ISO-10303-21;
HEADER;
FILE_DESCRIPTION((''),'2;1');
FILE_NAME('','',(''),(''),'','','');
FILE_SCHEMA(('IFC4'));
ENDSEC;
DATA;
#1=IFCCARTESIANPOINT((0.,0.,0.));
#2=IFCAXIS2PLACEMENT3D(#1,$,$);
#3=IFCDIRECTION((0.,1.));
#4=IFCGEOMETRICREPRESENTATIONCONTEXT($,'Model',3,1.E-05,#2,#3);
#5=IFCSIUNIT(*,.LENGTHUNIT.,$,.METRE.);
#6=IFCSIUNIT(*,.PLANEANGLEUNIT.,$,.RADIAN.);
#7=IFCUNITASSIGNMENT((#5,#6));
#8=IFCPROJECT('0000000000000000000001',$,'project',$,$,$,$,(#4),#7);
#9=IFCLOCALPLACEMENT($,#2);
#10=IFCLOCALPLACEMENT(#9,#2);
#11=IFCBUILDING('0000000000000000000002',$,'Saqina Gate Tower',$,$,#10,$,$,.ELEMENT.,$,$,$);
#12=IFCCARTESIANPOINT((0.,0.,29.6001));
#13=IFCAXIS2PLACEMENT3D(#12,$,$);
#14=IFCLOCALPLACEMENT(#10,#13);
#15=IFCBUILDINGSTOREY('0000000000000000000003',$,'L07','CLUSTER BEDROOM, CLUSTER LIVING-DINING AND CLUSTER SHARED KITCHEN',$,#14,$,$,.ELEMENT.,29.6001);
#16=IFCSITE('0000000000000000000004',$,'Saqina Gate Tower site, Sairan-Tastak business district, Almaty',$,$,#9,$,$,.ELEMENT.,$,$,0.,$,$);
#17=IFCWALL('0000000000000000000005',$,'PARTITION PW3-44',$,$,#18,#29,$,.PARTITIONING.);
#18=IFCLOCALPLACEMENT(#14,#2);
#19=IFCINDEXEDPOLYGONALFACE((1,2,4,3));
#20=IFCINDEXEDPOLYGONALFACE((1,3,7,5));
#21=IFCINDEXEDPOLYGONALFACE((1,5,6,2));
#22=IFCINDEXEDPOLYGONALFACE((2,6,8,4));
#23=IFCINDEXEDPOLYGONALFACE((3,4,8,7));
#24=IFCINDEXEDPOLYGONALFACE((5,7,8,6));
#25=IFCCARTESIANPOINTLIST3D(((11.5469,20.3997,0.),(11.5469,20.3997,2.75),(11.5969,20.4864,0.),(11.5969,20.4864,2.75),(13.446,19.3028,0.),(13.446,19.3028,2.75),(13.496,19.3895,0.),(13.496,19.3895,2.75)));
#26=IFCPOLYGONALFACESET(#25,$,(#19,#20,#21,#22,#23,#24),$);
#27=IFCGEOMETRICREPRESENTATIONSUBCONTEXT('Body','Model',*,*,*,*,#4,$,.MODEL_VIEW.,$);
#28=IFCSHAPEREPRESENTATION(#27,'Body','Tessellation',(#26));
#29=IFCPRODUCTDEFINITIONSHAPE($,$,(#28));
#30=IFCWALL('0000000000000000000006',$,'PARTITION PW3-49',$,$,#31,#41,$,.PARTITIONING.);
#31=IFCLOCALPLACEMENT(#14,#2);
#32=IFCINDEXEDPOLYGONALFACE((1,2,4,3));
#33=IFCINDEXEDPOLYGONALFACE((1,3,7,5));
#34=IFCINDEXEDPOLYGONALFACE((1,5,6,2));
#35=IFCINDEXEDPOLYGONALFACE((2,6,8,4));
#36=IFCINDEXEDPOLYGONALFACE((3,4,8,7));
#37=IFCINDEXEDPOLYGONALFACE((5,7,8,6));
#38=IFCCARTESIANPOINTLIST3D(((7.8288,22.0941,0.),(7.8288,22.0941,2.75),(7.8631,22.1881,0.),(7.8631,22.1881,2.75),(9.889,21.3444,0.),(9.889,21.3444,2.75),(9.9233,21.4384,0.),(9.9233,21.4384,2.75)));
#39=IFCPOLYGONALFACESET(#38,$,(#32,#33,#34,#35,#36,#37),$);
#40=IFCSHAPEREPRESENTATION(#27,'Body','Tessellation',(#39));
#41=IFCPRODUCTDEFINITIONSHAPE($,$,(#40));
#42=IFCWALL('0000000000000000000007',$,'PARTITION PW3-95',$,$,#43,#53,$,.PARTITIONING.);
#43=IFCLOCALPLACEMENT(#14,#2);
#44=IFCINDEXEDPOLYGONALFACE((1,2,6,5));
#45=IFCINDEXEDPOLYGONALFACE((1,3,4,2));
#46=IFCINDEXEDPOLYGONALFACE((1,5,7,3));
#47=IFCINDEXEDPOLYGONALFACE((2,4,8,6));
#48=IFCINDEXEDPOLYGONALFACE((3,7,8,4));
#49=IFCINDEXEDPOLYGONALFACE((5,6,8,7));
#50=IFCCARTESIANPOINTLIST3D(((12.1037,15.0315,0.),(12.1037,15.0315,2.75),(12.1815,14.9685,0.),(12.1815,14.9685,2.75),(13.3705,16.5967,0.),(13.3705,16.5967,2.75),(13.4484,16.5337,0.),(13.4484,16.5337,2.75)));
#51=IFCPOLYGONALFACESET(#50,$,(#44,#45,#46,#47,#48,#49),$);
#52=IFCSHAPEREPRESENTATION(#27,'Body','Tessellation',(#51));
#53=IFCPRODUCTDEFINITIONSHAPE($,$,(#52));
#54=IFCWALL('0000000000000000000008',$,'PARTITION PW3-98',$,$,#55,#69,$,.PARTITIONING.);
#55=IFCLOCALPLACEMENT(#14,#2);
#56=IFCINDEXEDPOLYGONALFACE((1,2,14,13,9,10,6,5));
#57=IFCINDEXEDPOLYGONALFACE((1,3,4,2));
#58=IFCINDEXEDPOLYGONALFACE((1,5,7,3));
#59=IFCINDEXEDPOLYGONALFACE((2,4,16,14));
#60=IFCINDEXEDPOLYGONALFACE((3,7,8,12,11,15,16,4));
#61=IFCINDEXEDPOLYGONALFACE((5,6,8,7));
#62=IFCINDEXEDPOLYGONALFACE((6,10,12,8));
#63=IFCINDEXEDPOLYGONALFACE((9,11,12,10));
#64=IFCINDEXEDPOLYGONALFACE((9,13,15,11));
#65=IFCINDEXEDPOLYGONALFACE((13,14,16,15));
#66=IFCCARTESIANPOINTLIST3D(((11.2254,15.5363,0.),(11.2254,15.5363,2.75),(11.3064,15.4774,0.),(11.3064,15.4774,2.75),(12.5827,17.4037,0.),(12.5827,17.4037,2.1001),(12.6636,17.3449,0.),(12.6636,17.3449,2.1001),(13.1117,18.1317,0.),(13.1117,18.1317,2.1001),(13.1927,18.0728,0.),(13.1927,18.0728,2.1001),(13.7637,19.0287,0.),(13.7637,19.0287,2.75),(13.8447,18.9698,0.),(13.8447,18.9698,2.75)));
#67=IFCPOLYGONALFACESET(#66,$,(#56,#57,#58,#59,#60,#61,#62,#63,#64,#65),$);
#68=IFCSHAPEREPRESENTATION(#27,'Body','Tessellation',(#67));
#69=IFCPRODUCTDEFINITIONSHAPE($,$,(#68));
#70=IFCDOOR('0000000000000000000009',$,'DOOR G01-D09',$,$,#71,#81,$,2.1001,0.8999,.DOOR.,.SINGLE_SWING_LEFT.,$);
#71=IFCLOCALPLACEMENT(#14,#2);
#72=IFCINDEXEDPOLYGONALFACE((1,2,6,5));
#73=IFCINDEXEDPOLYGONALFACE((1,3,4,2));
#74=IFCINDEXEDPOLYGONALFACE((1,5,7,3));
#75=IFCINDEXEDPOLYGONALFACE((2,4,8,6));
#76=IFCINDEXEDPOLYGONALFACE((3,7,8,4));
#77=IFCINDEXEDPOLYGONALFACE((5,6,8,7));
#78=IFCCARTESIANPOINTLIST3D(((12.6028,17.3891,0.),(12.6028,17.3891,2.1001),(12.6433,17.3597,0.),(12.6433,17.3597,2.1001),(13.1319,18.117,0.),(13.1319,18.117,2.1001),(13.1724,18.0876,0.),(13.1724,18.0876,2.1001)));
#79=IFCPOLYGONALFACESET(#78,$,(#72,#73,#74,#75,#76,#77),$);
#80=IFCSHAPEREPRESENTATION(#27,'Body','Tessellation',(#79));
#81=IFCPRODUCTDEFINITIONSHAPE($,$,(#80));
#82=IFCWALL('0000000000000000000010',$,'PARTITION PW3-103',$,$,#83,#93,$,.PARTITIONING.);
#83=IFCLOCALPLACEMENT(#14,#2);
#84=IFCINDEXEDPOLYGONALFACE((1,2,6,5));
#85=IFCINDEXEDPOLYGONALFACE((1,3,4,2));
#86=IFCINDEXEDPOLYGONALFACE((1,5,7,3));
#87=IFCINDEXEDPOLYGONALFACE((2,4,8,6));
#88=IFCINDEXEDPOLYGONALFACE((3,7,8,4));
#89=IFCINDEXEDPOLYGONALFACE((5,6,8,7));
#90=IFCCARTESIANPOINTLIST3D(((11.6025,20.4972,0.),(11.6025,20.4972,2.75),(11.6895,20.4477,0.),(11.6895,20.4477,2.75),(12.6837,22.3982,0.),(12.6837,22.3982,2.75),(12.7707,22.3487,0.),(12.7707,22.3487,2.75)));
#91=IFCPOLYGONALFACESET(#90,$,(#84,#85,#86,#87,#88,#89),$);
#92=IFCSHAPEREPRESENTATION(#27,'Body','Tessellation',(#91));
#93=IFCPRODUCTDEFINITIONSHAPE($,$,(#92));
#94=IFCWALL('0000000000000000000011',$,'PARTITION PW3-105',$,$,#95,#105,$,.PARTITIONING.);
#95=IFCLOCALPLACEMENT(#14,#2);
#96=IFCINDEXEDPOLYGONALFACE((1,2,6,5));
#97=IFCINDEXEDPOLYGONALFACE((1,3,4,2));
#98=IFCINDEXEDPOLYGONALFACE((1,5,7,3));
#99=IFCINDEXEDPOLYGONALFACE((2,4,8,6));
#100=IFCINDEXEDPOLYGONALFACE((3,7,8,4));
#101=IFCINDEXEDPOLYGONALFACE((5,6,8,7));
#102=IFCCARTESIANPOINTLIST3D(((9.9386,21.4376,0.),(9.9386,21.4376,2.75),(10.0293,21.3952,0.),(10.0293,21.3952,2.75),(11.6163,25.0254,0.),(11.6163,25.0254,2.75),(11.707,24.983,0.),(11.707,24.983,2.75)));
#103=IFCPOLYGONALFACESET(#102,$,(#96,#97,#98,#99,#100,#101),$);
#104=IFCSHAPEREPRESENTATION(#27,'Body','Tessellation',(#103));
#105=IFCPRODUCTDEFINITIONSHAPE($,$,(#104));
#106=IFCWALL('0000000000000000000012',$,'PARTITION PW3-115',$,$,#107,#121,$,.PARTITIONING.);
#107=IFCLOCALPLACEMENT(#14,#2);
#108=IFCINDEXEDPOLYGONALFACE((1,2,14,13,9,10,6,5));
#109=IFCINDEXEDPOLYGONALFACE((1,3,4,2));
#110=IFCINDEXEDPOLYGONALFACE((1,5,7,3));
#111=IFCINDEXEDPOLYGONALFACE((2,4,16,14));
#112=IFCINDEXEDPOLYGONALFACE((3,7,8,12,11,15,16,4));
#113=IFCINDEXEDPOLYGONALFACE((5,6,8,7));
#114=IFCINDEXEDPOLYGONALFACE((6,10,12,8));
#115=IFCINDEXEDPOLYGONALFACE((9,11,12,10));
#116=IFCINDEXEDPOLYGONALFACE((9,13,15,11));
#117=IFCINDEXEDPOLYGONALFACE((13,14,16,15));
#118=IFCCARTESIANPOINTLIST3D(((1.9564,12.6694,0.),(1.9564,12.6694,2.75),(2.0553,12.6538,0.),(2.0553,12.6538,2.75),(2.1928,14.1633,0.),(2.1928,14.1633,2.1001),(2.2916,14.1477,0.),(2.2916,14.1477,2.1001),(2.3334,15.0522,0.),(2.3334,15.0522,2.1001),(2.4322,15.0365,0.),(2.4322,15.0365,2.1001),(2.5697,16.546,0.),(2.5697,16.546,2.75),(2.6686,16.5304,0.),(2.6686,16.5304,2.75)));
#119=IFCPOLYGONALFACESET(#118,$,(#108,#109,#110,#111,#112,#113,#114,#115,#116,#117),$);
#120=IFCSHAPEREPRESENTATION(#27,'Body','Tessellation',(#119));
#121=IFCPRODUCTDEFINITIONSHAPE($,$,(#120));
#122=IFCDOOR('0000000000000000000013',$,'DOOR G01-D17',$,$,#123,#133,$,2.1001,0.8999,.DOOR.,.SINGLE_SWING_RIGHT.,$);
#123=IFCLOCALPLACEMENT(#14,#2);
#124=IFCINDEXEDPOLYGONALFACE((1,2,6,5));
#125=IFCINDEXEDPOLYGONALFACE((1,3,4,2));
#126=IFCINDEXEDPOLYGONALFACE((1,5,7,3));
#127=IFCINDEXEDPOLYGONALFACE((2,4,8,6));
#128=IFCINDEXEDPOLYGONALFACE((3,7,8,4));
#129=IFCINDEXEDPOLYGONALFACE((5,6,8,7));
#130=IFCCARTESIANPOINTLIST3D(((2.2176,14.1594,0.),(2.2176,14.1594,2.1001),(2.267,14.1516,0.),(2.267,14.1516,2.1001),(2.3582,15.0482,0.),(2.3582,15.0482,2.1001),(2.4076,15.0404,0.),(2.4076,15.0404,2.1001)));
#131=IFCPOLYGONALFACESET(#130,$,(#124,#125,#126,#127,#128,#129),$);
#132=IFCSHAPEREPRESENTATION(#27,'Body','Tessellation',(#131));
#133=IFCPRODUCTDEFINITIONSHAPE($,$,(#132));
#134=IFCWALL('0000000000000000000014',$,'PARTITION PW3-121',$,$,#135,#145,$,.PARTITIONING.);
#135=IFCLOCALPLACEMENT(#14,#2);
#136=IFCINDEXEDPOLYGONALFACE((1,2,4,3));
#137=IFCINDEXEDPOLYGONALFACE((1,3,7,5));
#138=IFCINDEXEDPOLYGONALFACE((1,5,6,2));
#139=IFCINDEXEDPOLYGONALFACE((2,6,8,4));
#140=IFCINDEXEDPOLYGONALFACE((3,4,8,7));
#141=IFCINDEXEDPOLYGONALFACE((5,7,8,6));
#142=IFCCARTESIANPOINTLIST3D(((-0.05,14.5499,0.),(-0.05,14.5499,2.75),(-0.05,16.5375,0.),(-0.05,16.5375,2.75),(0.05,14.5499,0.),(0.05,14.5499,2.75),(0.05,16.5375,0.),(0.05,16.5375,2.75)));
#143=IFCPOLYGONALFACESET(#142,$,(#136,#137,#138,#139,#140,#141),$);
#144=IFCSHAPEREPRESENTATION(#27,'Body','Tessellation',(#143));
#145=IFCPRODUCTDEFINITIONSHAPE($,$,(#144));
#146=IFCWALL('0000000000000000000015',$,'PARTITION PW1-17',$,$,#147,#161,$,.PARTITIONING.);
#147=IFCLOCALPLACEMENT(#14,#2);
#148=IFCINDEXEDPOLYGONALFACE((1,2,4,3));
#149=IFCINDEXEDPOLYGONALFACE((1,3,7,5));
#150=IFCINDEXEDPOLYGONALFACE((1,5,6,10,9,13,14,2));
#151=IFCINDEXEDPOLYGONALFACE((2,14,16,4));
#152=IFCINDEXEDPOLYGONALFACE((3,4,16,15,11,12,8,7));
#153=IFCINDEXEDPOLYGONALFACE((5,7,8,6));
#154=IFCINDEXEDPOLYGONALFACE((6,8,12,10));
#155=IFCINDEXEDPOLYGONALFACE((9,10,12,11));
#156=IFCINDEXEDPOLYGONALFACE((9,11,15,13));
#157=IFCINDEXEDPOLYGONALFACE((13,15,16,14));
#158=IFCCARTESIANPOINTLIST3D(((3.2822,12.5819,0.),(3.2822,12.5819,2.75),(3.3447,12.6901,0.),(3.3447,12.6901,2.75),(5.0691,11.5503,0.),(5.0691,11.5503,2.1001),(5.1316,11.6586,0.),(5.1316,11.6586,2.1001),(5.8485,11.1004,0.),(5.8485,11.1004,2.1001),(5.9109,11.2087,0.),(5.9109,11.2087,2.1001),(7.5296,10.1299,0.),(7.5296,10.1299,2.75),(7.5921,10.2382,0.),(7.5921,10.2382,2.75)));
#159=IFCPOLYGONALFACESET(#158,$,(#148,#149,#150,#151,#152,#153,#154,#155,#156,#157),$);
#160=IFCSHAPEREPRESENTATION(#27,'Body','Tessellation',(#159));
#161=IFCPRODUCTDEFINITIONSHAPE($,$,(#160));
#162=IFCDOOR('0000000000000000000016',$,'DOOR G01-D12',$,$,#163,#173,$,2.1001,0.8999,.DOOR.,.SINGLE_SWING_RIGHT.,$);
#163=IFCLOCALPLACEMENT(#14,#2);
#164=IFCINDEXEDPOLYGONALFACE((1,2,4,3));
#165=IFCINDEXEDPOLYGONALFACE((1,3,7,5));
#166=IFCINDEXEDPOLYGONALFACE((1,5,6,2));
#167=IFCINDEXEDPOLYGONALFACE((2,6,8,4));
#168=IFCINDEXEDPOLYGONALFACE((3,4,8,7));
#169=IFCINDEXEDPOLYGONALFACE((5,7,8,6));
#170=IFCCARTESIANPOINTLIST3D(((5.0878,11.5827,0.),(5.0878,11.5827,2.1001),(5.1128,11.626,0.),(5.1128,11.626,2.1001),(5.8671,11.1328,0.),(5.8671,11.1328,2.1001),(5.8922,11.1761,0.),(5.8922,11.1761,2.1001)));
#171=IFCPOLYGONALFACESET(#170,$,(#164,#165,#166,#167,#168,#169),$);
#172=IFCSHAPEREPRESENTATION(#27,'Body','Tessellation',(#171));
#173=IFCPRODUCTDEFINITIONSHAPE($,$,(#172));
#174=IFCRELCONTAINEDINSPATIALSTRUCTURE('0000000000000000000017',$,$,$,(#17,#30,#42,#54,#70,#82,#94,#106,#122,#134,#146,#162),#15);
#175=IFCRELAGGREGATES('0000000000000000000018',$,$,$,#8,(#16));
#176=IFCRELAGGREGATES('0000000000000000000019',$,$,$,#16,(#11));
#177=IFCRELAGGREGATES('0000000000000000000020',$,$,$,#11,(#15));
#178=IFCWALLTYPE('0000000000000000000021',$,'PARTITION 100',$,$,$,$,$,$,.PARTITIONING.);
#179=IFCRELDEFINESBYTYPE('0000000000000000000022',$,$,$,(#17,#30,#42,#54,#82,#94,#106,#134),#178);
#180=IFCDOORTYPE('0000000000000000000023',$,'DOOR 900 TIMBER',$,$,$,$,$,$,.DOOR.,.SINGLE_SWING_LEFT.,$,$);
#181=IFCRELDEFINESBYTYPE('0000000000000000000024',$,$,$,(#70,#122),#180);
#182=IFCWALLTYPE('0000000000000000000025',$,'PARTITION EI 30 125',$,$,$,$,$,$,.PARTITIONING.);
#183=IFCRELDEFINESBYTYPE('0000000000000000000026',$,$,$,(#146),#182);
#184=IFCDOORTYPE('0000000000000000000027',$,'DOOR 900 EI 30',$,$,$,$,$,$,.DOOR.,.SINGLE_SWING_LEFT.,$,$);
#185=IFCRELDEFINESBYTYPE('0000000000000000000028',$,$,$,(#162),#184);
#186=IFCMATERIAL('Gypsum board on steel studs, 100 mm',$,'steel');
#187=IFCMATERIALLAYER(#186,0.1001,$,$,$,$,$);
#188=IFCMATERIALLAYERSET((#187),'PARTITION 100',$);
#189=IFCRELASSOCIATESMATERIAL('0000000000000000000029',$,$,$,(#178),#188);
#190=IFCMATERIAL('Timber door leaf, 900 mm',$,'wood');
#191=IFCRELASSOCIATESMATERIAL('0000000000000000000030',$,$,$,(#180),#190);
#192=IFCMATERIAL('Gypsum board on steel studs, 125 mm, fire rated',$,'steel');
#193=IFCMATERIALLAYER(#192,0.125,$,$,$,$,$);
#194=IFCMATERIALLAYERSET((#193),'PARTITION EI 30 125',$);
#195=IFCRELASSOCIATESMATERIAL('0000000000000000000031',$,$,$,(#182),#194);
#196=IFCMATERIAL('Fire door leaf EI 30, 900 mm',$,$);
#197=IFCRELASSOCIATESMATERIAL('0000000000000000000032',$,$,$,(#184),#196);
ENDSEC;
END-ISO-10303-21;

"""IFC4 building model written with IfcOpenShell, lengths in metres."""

from ifc_helpers import new_model, si_unit, direction, frame, frame_2d, origin, place, context, subcontext, project, spatial, rectangle, extrude, material, layer, layer_set, type_object, element, fill, save


model = new_model("IFC4")

# Units and contexts
model_context = context("Model", 3, precision=1e-05, world=origin(), true_north=direction((0.0, 1.0)))
body_context = subcontext(model_context, "Body", "Model", "MODEL_VIEW")
ifc_project = project(units=[si_unit("LENGTHUNIT", "METRE"), si_unit("PLANEANGLEUNIT", "RADIAN")], contexts=[model_context])

# Site, building, storey
site_placement = place(None, origin())
site = spatial("IfcSite", under=ifc_project, at=site_placement, Name="Saqina Gate Tower site, Sairan-Tastak business district, Almaty", CompositionType="ELEMENT", RefElevation=0.0)
building_placement = place(site_placement, origin())
building = spatial("IfcBuilding", under=site, at=building_placement, Name="Saqina Gate Tower", CompositionType="ELEMENT")
storey_placement = place(building_placement, frame((0.0, 0.0, 29.6001)))
storey = spatial("IfcBuildingStorey", under=building, at=storey_placement, Name="L07", Description="CLUSTER BEDROOM, CLUSTER LIVING-DINING AND CLUSTER SHARED KITCHEN", CompositionType="ELEMENT", Elevation=29.6001)

# Walls
ifc_material_1 = material(Name="Gypsum board on steel studs, 100 mm", Category="steel")
ifc_layer_1 = layer(ifc_material_1, 0.1001)
ifc_layer_set_1 = layer_set([ifc_layer_1], Name="PARTITION 100")
wall_type_1 = type_object("IfcWallType", Name="PARTITION 100", PredefinedType="PARTITIONING", material=ifc_layer_set_1)
wall_1_placement = place(storey_placement, frame((11.5718, 20.4431, 0.0), z_axis=(0.0, 0.0, 1.0), x_axis=(0.865939, -0.50015, 0.0)))
element("IfcWall", 1, at=wall_1_placement, inside=storey, type_object=wall_type_1, Name="PARTITION PW3-44", PredefinedType="PARTITIONING", context=body_context, shape_type="SweptSolid", body=[
    extrude(rectangle(XDim=2.1931, YDim=0.1001, at=frame_2d((1.0967, 0.0))), origin(), (0.0, 0.0, 1.0), 2.75),
])
wall_2_placement = place(storey_placement, frame((7.8459, 22.1411, 0.0), z_axis=(0.0, 0.0, 1.0), x_axis=(0.939712, -0.341967, 0.0)))
element("IfcWall", 2, at=wall_2_placement, inside=storey, type_object=wall_type_1, Name="PARTITION PW3-49", PredefinedType="PARTITIONING", context=body_context, shape_type="SweptSolid", body=[
    extrude(rectangle(XDim=2.1924, YDim=0.1001, at=frame_2d((1.0962, 0.0))), origin(), (0.0, 0.0, 1.0), 2.75),
])
wall_3_placement = place(storey_placement, frame((12.1426, 15.0, 0.0), z_axis=(0.0, 0.0, 1.0), x_axis=(0.629135, 0.777296, 0.0)))
element("IfcWall", 3, at=wall_3_placement, inside=storey, type_object=wall_type_1, Name="PARTITION PW3-95", PredefinedType="PARTITIONING", context=body_context, shape_type="SweptSolid", body=[
    extrude(rectangle(XDim=2.0137, YDim=0.1001, at=frame_2d((1.0068, 0.0))), origin(), (0.0, 0.0, 1.0), 2.75),
])

# Wall, opening, door
wall_4_placement = place(storey_placement, frame((11.2659, 15.5068, 0.0), z_axis=(0.0, 0.0, 1.0), x_axis=(0.587926, 0.808915, 0.0)))
wall_4 = element("IfcWall", 4, at=wall_4_placement, inside=storey, type_object=wall_type_1, Name="PARTITION PW3-98", PredefinedType="PARTITIONING", context=body_context, shape_type="SweptSolid", body=[
    extrude(rectangle(XDim=4.3174, YDim=0.1001, at=frame_2d((2.1587, 0.0))), origin(), (0.0, 0.0, 1.0), 2.75),
])
opening_1_placement = place(wall_4_placement, frame((2.3086, 0.0, 0.0)))
opening_1 = element("IfcOpeningElement", 5, at=opening_1_placement, cuts=wall_4, PredefinedType="OPENING", context=body_context, shape_type="SweptSolid", body=[
    extrude(rectangle(XDim=0.8999, YDim=2.1001, at=frame_2d((0.45, 1.05))), frame((0.0, 0.062, 0.0), z_axis=(0.0, -1.0, 0.0), x_axis=(1.0, 0.0, 0.0)), (0.0, 0.0, 1.0), 0.124),
])
ifc_material_2 = material(Name="Timber door leaf, 900 mm", Category="wood")
door_type_1 = type_object("IfcDoorType", Name="DOOR 900 TIMBER", OperationType="SINGLE_SWING_LEFT", PredefinedType="DOOR", material=ifc_material_2)
door_1_placement = place(opening_1_placement, frame((0.8999, 0.0, 0.0), z_axis=(0.0, 0.0, 1.0), x_axis=(-1.0, 0.0, 0.0)))
door_1 = element("IfcDoor", 6, at=door_1_placement, inside=storey, type_object=door_type_1, Name="DOOR G01-D09", OperationType="SINGLE_SWING_LEFT", OverallHeight=2.1001, OverallWidth=0.8999, PredefinedType="DOOR", context=body_context, shape_type="SweptSolid", body=[
    extrude(rectangle(XDim=0.8999, YDim=2.1001, at=frame_2d((0.45, 1.05))), frame((0.0, 0.0249, 0.0), z_axis=(0.0, -1.0, 0.0), x_axis=(1.0, 0.0, 0.0)), (0.0, 0.0, 1.0), 0.05),
])
fill(opening_1, door_1)

# Walls
wall_5_placement = place(storey_placement, frame((11.646, 20.4724, 0.0), z_axis=(0.0, 0.0, 1.0), x_axis=(0.494395, 0.869237, 0.0)))
element("IfcWall", 7, at=wall_5_placement, inside=storey, type_object=wall_type_1, Name="PARTITION PW3-103", PredefinedType="PARTITIONING", context=body_context, shape_type="SweptSolid", body=[
    extrude(rectangle(XDim=2.187, YDim=0.1001, at=frame_2d((1.0935, 0.0))), origin(), (0.0, 0.0, 1.0), 2.75),
])
wall_6_placement = place(storey_placement, frame((9.9839, 21.4163, 0.0), z_axis=(0.0, 0.0, 1.0), x_axis=(0.423587, 0.905855, 0.0)))
element("IfcWall", 8, at=wall_6_placement, inside=storey, type_object=wall_type_1, Name="PARTITION PW3-105", PredefinedType="PARTITIONING", context=body_context, shape_type="SweptSolid", body=[
    extrude(rectangle(XDim=3.9607, YDim=0.1001, at=frame_2d((1.9805, 0.0))), origin(), (0.0, 0.0, 1.0), 2.75),
])

# Wall, opening, door
wall_7_placement = place(storey_placement, frame((2.0059, 12.6616, 0.0), z_axis=(0.0, 0.0, 1.0), x_axis=(0.156253, 0.987717, 0.0)))
wall_7 = element("IfcWall", 9, at=wall_7_placement, inside=storey, type_object=wall_type_1, Name="PARTITION PW3-115", PredefinedType="PARTITIONING", context=body_context, shape_type="SweptSolid", body=[
    extrude(rectangle(XDim=3.9248, YDim=0.1001, at=frame_2d((1.9624, 0.0))), origin(), (0.0, 0.0, 1.0), 2.75),
])
opening_2_placement = place(wall_7_placement, frame((1.5125, 0.0, 0.0)))
opening_2 = element("IfcOpeningElement", 10, at=opening_2_placement, cuts=wall_7, PredefinedType="OPENING", context=body_context, shape_type="SweptSolid", body=[
    extrude(rectangle(XDim=0.8999, YDim=2.1001, at=frame_2d((0.45, 1.05))), frame((0.0, 0.062, 0.0), z_axis=(0.0, -1.0, 0.0), x_axis=(1.0, 0.0, 0.0)), (0.0, 0.0, 1.0), 0.124),
])
door_2_placement = place(opening_2_placement, origin())
door_2 = element("IfcDoor", 11, at=door_2_placement, inside=storey, type_object=door_type_1, Name="DOOR G01-D17", OperationType="SINGLE_SWING_RIGHT", OverallHeight=2.1001, OverallWidth=0.8999, PredefinedType="DOOR", context=body_context, shape_type="SweptSolid", body=[
    extrude(rectangle(XDim=0.8999, YDim=2.1001, at=frame_2d((0.45, 1.05))), frame((0.0, 0.0249, 0.0), z_axis=(0.0, -1.0, 0.0), x_axis=(1.0, 0.0, 0.0)), (0.0, 0.0, 1.0), 0.05),
])
fill(opening_2, door_2)

# Wall
wall_8_placement = place(storey_placement, frame((0.0, 14.55, 0.0), z_axis=(0.0, 0.0, 1.0), x_axis=(0.0, 1.0, 0.0)))
element("IfcWall", 12, at=wall_8_placement, inside=storey, type_object=wall_type_1, Name="PARTITION PW3-121", PredefinedType="PARTITIONING", context=body_context, shape_type="SweptSolid", body=[
    extrude(rectangle(XDim=1.9875, YDim=0.1001, at=frame_2d((0.9937, 0.0))), origin(), (0.0, 0.0, 1.0), 2.75),
])

# Wall, opening, door
ifc_material_3 = material(Name="Gypsum board on steel studs, 125 mm, fire rated", Category="steel")
ifc_layer_2 = layer(ifc_material_3, 0.125)
ifc_layer_set_2 = layer_set([ifc_layer_2], Name="PARTITION EI 30 125")
wall_type_2 = type_object("IfcWallType", Name="PARTITION EI 30 125", PredefinedType="PARTITIONING", material=ifc_layer_set_2)
wall_9_placement = place(storey_placement, frame((3.3135, 12.636, 0.0), z_axis=(0.0, 0.0, 1.0), x_axis=(0.86605, -0.499957, 0.0)))
wall_9 = element("IfcWall", 13, at=wall_9_placement, inside=storey, type_object=wall_type_2, Name="PARTITION PW1-17", PredefinedType="PARTITIONING", context=body_context, shape_type="SweptSolid", body=[
    extrude(rectangle(XDim=4.9043, YDim=0.125, at=frame_2d((2.4521, 0.0))), origin(), (0.0, 0.0, 1.0), 2.75),
])
opening_3_placement = place(wall_9_placement, frame((2.0632, 0.0, 0.0)))
opening_3 = element("IfcOpeningElement", 14, at=opening_3_placement, cuts=wall_9, PredefinedType="OPENING", context=body_context, shape_type="SweptSolid", body=[
    extrude(rectangle(XDim=0.8999, YDim=2.1001, at=frame_2d((0.45, 1.05))), frame((0.0, 0.0745, 0.0), z_axis=(0.0, -1.0, 0.0), x_axis=(1.0, 0.0, 0.0)), (0.0, 0.0, 1.0), 0.1489),
])
ifc_material_4 = material(Name="Fire door leaf EI 30, 900 mm")
door_type_2 = type_object("IfcDoorType", Name="DOOR 900 EI 30", OperationType="SINGLE_SWING_LEFT", PredefinedType="DOOR", material=ifc_material_4)
door_3_placement = place(opening_3_placement, origin())
door_3 = element("IfcDoor", 15, at=door_3_placement, inside=storey, type_object=door_type_2, Name="DOOR G01-D12", OperationType="SINGLE_SWING_RIGHT", OverallHeight=2.1001, OverallWidth=0.8999, PredefinedType="DOOR", context=body_context, shape_type="SweptSolid", body=[
    extrude(rectangle(XDim=0.8999, YDim=2.1001, at=frame_2d((0.45, 1.05))), frame((0.0, 0.0249, 0.0), z_axis=(0.0, -1.0, 0.0), x_axis=(1.0, 0.0, 0.0)), (0.0, 0.0, 1.0), 0.05),
])
fill(opening_3, door_3)

save(model, "model.ifc")
